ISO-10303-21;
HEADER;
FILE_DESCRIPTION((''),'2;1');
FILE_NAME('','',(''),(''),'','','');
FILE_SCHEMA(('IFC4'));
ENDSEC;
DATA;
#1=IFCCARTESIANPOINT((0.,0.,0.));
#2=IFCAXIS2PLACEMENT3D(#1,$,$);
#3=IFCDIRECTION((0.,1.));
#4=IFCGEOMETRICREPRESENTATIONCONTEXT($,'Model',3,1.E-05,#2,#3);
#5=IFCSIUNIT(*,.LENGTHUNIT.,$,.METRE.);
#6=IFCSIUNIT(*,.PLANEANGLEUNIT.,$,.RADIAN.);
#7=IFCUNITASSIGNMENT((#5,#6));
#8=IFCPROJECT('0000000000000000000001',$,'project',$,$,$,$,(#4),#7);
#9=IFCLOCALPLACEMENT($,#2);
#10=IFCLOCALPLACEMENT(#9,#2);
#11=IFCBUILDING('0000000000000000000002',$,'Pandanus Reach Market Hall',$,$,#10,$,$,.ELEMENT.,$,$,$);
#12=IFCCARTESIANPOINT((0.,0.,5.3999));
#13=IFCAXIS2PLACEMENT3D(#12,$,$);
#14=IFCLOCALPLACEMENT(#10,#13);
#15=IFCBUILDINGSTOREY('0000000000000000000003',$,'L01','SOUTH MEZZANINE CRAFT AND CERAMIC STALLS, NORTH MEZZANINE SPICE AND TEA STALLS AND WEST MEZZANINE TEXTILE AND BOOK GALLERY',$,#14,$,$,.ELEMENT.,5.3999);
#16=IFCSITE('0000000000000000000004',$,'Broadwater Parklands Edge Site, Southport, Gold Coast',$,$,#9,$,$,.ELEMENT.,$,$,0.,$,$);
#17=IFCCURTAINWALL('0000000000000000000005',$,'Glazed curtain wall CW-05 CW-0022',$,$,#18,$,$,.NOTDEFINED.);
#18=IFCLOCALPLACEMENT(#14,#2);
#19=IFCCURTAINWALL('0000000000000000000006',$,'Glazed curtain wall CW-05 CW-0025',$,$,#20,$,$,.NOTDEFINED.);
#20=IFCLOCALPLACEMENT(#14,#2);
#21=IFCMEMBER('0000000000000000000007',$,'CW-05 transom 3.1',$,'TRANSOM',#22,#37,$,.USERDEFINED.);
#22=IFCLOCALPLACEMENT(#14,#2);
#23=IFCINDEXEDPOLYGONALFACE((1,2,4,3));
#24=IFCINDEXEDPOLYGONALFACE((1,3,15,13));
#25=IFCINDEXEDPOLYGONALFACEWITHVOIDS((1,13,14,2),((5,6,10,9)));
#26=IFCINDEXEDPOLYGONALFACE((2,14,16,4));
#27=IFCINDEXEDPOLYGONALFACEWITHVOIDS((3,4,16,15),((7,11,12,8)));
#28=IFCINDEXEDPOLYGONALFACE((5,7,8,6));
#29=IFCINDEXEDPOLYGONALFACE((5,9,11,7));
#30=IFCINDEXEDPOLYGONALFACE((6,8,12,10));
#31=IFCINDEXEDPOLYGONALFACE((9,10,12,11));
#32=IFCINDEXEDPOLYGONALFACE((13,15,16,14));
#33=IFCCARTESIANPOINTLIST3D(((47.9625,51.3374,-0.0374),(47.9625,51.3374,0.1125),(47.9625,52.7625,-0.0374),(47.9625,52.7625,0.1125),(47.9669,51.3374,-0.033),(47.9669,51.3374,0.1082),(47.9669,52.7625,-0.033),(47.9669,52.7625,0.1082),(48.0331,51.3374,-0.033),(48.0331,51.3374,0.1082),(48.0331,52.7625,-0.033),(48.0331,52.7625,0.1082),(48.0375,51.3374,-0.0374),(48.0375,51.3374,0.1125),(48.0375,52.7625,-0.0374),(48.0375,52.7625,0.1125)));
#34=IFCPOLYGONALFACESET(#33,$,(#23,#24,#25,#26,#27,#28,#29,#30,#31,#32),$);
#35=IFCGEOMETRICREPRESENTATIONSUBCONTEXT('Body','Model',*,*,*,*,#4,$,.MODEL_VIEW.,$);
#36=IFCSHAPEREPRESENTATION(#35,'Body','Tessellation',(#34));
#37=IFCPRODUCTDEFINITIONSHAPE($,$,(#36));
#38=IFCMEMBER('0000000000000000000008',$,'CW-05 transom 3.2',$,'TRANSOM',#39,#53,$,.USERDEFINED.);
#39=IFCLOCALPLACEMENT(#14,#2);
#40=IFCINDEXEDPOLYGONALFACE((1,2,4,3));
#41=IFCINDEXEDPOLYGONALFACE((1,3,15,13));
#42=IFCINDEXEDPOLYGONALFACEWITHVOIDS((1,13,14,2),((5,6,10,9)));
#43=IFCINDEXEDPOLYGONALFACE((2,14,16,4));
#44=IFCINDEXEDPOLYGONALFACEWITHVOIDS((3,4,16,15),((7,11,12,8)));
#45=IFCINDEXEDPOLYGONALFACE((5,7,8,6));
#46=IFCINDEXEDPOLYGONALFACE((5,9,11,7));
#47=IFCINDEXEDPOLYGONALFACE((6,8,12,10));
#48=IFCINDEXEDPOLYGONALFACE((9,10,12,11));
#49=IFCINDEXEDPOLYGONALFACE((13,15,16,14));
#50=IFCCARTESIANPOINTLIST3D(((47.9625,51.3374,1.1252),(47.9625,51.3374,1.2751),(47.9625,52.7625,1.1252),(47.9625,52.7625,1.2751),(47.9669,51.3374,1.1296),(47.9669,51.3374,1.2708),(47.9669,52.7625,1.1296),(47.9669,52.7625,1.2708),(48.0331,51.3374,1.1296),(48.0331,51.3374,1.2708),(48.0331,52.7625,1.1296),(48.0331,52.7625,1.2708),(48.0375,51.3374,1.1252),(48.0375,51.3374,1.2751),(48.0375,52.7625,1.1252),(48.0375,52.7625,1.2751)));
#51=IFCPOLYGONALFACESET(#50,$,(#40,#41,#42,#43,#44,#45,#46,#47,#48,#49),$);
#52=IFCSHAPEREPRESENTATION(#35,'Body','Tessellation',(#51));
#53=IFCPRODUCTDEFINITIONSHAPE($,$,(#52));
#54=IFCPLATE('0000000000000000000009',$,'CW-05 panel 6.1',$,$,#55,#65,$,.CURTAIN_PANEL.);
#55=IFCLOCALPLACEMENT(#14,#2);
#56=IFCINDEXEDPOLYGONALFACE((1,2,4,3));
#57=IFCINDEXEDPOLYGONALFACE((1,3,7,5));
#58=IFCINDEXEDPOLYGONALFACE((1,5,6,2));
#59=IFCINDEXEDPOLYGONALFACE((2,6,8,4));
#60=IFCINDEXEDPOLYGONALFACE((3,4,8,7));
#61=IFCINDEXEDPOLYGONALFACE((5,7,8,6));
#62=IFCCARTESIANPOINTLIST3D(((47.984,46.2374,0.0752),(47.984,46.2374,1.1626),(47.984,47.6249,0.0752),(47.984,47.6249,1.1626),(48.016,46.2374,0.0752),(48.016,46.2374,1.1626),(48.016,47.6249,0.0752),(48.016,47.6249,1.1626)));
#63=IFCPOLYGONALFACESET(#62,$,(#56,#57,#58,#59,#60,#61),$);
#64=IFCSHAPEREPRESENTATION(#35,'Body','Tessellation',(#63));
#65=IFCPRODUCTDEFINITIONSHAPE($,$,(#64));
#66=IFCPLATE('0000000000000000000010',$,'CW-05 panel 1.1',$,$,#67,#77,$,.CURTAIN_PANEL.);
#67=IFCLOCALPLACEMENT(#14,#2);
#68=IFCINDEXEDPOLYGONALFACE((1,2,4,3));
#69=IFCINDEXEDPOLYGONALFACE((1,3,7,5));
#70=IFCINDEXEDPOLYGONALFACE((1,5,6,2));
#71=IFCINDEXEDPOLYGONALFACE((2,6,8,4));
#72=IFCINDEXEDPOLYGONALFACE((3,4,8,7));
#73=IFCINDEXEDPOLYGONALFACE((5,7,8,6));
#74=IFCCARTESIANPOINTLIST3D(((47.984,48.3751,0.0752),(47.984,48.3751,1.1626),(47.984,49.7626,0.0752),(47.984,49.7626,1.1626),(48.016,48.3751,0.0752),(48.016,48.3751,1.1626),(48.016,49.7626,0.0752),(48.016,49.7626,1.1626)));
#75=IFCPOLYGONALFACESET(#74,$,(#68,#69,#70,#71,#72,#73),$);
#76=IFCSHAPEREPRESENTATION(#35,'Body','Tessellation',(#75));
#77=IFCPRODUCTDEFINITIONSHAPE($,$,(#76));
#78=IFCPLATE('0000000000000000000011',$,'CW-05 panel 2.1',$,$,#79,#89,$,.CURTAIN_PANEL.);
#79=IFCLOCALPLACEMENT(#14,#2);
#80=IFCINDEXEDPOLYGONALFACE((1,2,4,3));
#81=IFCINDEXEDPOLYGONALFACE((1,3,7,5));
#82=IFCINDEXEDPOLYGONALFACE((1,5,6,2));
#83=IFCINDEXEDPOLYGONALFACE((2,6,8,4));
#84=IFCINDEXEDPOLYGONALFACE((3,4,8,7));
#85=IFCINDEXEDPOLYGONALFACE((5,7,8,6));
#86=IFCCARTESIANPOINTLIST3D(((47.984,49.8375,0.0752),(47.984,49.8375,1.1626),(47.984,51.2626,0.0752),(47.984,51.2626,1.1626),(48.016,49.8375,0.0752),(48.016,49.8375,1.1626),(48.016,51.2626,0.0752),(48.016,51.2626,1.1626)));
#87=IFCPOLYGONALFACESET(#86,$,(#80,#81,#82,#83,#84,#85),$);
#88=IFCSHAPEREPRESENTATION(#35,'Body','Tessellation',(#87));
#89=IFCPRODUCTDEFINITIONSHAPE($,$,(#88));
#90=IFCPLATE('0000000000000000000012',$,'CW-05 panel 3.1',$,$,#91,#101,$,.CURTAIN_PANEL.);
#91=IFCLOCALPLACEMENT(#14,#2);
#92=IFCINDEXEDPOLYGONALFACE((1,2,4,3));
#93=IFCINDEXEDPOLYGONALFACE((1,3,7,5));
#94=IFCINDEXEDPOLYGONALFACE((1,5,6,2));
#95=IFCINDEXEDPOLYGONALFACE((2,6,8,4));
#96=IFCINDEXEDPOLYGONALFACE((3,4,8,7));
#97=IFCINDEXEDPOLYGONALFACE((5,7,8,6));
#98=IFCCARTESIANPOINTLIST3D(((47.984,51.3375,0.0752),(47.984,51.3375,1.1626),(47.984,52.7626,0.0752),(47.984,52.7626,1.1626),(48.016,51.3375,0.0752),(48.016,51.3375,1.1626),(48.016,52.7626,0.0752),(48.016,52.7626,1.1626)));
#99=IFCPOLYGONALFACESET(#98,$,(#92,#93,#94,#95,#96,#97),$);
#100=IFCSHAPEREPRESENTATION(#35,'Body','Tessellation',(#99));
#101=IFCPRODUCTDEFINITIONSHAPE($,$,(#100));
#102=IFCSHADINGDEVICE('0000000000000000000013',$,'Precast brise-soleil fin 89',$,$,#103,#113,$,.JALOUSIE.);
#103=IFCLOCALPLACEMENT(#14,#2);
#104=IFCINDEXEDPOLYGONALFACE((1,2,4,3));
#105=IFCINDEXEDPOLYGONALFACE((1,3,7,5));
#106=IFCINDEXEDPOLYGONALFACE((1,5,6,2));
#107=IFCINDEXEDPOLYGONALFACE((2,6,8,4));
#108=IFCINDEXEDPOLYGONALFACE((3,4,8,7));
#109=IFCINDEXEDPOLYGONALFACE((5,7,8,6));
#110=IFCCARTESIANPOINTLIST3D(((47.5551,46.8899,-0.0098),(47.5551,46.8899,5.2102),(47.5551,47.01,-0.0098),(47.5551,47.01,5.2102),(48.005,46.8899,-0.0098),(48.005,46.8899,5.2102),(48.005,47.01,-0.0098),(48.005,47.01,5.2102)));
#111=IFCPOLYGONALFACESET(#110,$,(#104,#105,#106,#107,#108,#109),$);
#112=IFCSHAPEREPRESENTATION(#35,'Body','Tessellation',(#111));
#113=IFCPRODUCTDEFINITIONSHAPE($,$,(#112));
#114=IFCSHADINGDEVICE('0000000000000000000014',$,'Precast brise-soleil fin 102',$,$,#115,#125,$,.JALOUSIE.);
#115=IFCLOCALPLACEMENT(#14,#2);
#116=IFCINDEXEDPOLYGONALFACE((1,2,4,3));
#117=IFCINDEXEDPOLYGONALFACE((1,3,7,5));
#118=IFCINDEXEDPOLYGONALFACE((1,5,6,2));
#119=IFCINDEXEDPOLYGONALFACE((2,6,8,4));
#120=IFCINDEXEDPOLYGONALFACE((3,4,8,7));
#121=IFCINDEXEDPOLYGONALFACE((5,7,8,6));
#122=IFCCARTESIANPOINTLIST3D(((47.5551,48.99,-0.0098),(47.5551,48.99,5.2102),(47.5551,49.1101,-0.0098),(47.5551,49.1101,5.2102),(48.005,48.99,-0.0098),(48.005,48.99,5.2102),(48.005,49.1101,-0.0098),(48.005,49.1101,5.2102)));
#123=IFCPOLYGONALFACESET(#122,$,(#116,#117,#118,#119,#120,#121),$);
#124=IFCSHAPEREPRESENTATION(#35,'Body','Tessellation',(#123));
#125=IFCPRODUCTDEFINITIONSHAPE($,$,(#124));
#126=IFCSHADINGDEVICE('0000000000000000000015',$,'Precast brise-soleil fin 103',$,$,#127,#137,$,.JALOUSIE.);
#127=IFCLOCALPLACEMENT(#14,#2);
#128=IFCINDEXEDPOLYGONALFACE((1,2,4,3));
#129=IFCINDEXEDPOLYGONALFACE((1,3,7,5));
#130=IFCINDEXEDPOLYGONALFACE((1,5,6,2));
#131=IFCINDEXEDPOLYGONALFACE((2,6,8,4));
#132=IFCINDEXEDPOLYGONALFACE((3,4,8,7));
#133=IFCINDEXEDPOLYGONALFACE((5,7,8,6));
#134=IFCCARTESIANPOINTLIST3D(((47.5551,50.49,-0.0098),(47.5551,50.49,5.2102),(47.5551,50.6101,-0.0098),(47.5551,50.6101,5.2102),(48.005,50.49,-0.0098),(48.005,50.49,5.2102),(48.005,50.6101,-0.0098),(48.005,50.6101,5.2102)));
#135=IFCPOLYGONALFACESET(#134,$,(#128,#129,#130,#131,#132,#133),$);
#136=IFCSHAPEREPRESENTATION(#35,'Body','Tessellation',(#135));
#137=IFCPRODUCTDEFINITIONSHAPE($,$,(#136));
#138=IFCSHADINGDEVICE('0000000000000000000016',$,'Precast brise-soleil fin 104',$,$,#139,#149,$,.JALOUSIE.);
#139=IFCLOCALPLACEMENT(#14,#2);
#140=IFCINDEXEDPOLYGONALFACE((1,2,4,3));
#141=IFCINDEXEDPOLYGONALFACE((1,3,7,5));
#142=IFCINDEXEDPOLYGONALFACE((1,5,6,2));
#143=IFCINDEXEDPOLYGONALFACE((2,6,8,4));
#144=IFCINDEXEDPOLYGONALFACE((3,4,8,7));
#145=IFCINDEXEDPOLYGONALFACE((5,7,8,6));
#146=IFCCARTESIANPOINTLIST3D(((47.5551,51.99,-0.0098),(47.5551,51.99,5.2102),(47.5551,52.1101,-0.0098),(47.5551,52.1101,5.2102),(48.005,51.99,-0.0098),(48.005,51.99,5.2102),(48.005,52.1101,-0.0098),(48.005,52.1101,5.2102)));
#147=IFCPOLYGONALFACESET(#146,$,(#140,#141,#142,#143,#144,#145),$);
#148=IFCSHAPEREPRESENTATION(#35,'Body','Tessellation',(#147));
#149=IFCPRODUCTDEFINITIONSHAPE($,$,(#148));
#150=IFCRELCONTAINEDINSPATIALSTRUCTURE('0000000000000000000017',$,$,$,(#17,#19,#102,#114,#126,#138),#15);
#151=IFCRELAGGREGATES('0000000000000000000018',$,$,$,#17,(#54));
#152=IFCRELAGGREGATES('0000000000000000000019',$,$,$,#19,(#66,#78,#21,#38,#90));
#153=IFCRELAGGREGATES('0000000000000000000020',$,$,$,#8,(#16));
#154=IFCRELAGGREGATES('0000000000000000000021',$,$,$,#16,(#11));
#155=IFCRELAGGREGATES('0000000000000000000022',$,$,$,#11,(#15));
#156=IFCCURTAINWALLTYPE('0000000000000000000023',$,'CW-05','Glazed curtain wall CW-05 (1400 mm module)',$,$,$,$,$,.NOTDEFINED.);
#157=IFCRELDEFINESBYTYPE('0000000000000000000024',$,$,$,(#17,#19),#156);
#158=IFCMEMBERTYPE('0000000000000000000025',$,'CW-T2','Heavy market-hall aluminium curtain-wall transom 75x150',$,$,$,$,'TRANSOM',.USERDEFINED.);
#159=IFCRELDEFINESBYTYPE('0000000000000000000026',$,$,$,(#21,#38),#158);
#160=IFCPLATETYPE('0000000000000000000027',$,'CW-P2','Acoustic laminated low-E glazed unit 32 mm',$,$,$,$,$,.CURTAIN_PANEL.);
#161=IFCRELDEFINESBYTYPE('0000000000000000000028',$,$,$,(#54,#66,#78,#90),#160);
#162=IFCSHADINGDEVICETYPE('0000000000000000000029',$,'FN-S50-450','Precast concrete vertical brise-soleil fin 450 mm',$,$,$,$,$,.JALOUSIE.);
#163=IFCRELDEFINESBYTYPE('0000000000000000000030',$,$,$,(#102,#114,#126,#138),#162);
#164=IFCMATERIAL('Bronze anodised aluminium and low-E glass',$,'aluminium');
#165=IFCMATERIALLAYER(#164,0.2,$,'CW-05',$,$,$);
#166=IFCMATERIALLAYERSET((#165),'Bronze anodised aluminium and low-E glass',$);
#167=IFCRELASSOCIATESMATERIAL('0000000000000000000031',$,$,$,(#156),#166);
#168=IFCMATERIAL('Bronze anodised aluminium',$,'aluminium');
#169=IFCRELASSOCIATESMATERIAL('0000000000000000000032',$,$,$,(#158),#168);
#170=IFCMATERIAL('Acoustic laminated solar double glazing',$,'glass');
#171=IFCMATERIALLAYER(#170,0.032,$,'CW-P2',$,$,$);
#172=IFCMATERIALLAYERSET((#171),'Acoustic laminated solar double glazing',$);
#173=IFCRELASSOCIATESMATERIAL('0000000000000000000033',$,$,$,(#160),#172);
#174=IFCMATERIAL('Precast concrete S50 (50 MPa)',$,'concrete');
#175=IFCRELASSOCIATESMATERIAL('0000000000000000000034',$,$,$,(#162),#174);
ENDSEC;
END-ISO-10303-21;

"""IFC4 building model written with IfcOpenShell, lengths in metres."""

from ifc_helpers import new_model, si_unit, direction, frame, origin, origin_2d, place, context, subcontext, project, spatial, rectangle, hollow_rectangle, extrude, material, layer, layer_set, material_profile, profile_set, type_object, element, aggregate, save


model = new_model("IFC4")

# Units and contexts
model_context = context("Model", 3, precision=1e-05, world=origin(), true_north=direction((0.0, 1.0)))
body_context = subcontext(model_context, "Body", "Model", "MODEL_VIEW")
ifc_project = project(units=[si_unit("LENGTHUNIT", "METRE"), si_unit("PLANEANGLEUNIT", "RADIAN")], contexts=[model_context])

# Site, building, storey
site_placement = place(None, origin())
site = spatial("IfcSite", under=ifc_project, at=site_placement, Name="Broadwater Parklands Edge Site, Southport, Gold Coast", CompositionType="ELEMENT", RefElevation=0.0)
building_placement = place(site_placement, origin())
building = spatial("IfcBuilding", under=site, at=building_placement, Name="Pandanus Reach Market Hall", CompositionType="ELEMENT")
storey_placement = place(building_placement, frame((0.0, 0.0, 5.3999)))
storey = spatial("IfcBuildingStorey", under=building, at=storey_placement, Name="L01", Description="SOUTH MEZZANINE CRAFT AND CERAMIC STALLS, NORTH MEZZANINE SPICE AND TEA STALLS AND WEST MEZZANINE TEXTILE AND BOOK GALLERY", CompositionType="ELEMENT", Elevation=5.3999)

# Curtain wall
ifc_material_1 = material(Name="Bronze anodised aluminium and low-E glass", Category="aluminium")
ifc_layer_1 = layer(ifc_material_1, 0.2, Name="CW-05")
ifc_layer_set_1 = layer_set([ifc_layer_1], Name="Bronze anodised aluminium and low-E glass")
curtain_wall_type = type_object("IfcCurtainWallType", Name="CW-05", Description="Glazed curtain wall CW-05 (1400 mm module)", PredefinedType="NOTDEFINED", material=ifc_layer_set_1)
curtain_wall_1_placement = place(storey_placement, origin())
curtain_wall_1 = element("IfcCurtainWall", 1, at=curtain_wall_1_placement, inside=storey, type_object=curtain_wall_type, Name="Glazed curtain wall CW-05 CW-0022", PredefinedType="NOTDEFINED")
ifc_material_2 = material(Name="Bronze anodised aluminium", Category="aluminium")

# Curtain wall
curtain_wall_2_placement = place(storey_placement, origin())
curtain_wall_2 = element("IfcCurtainWall", 2, at=curtain_wall_2_placement, inside=storey, type_object=curtain_wall_type, Name="Glazed curtain wall CW-05 CW-0025", PredefinedType="NOTDEFINED")

# Members
ifc_material_profile_1 = material_profile(ifc_material_2, hollow_rectangle(XDim=0.075, YDim=0.1499, WallThickness=0.0044, at=origin_2d()), Name="ALU75x150", Category="LoadBearing")
ifc_profile_set_1 = profile_set([ifc_material_profile_1], Name="Bronze anodised aluminium")
member_type_1 = type_object("IfcMemberType", Name="CW-T2", Description="Heavy market-hall aluminium curtain-wall transom 75x150", ElementType="TRANSOM", PredefinedType="USERDEFINED", material=ifc_profile_set_1)
member_1_placement = place(storey_placement, frame((48.0, 51.3374, 0.0376), z_axis=(0.0, 1.0, 0.0), x_axis=(-1.0, 0.0, 0.0)))
member_1 = element("IfcMember", 3, at=member_1_placement, type_object=member_type_1, Name="CW-05 transom 3.1", ObjectType="TRANSOM", PredefinedType="USERDEFINED", context=body_context, shape_type="SweptSolid", body=[
    extrude(hollow_rectangle(XDim=0.075, YDim=0.1499, WallThickness=0.0044, at=origin_2d()), origin(), (0.0, 0.0, 1.0), 1.425),
])
member_2_placement = place(storey_placement, frame((48.0, 51.3374, 1.2002), z_axis=(0.0, 1.0, 0.0), x_axis=(-1.0, 0.0, 0.0)))
member_2 = element("IfcMember", 4, at=member_2_placement, type_object=member_type_1, Name="CW-05 transom 3.2", ObjectType="TRANSOM", PredefinedType="USERDEFINED", context=body_context, shape_type="SweptSolid", body=[
    extrude(hollow_rectangle(XDim=0.075, YDim=0.1499, WallThickness=0.0044, at=origin_2d()), origin(), (0.0, 0.0, 1.0), 1.425),
])

# Plates
ifc_material_3 = material(Name="Acoustic laminated solar double glazing", Category="glass")
ifc_layer_2 = layer(ifc_material_3, 0.032, Name="CW-P2")
ifc_layer_set_2 = layer_set([ifc_layer_2], Name="Acoustic laminated solar double glazing")
plate_type = type_object("IfcPlateType", Name="CW-P2", Description="Acoustic laminated low-E glazed unit 32 mm", PredefinedType="CURTAIN_PANEL", material=ifc_layer_set_2)
plate_1_placement = place(storey_placement, frame((48.0, 46.9312, 0.0752), z_axis=(0.0, 0.0, 1.0), x_axis=(0.0, 1.0, 0.0)))
plate_1 = element("IfcPlate", 5, at=plate_1_placement, type_object=plate_type, Name="CW-05 panel 6.1", PredefinedType="CURTAIN_PANEL", context=body_context, shape_type="SweptSolid", body=[
    extrude(rectangle(XDim=1.3875, YDim=0.032, at=origin_2d()), origin(), (0.0, 0.0, 1.0), 1.0874),
])
aggregate(curtain_wall_1, [plate_1])
plate_2_placement = place(storey_placement, frame((48.0, 49.0688, 0.0752), z_axis=(0.0, 0.0, 1.0), x_axis=(0.0, 1.0, 0.0)))
plate_2 = element("IfcPlate", 6, at=plate_2_placement, type_object=plate_type, Name="CW-05 panel 1.1", PredefinedType="CURTAIN_PANEL", context=body_context, shape_type="SweptSolid", body=[
    extrude(rectangle(XDim=1.3875, YDim=0.032, at=origin_2d()), origin(), (0.0, 0.0, 1.0), 1.0874),
])
plate_3_placement = place(storey_placement, frame((48.0, 50.55, 0.0752), z_axis=(0.0, 0.0, 1.0), x_axis=(0.0, 1.0, 0.0)))
plate_3 = element("IfcPlate", 7, at=plate_3_placement, type_object=plate_type, Name="CW-05 panel 2.1", PredefinedType="CURTAIN_PANEL", context=body_context, shape_type="SweptSolid", body=[
    extrude(rectangle(XDim=1.425, YDim=0.032, at=origin_2d()), origin(), (0.0, 0.0, 1.0), 1.0874),
])
plate_4_placement = place(storey_placement, frame((48.0, 52.05, 0.0752), z_axis=(0.0, 0.0, 1.0), x_axis=(0.0, 1.0, 0.0)))
plate_4 = element("IfcPlate", 8, at=plate_4_placement, type_object=plate_type, Name="CW-05 panel 3.1", PredefinedType="CURTAIN_PANEL", context=body_context, shape_type="SweptSolid", body=[
    extrude(rectangle(XDim=1.425, YDim=0.032, at=origin_2d()), origin(), (0.0, 0.0, 1.0), 1.0874),
])
aggregate(curtain_wall_2, [plate_2, plate_3, member_1, member_2, plate_4])

# Shading devices
ifc_material_4 = material(Name="Precast concrete S50 (50 MPa)", Category="concrete")
shading_device_type = type_object("IfcShadingDeviceType", Name="FN-S50-450", Description="Precast concrete vertical brise-soleil fin 450 mm", PredefinedType="JALOUSIE", material=ifc_material_4)
for number, where, z_axis, x_axis, name in (
    (9, (47.78, 46.95, -0.0098), (0.0, 0.0, 1.0), (-1.0, 0.0, 0.0), "Precast brise-soleil fin 89"),
    (10, (47.78, 49.05, -0.0098), (0.0, 0.0, 1.0), (-1.0, 0.0, 0.0), "Precast brise-soleil fin 102"),
    (11, (47.78, 50.55, -0.0098), (0.0, 0.0, 1.0), (-1.0, 0.0, 0.0), "Precast brise-soleil fin 103"),
    (12, (47.78, 52.05, -0.0098), (0.0, 0.0, 1.0), (-1.0, 0.0, 0.0), "Precast brise-soleil fin 104"),
):
    element("IfcShadingDevice", number, at=place(storey_placement, frame(where, z_axis=z_axis, x_axis=x_axis)), inside=storey, type_object=shading_device_type, Name=name, PredefinedType="JALOUSIE", context=body_context, shape_type="SweptSolid", body=[
        extrude(rectangle(XDim=0.45, YDim=0.1201, at=origin_2d()), origin(), (0.0, 0.0, 1.0), 5.22),
    ])

save(model, "model.ifc")
